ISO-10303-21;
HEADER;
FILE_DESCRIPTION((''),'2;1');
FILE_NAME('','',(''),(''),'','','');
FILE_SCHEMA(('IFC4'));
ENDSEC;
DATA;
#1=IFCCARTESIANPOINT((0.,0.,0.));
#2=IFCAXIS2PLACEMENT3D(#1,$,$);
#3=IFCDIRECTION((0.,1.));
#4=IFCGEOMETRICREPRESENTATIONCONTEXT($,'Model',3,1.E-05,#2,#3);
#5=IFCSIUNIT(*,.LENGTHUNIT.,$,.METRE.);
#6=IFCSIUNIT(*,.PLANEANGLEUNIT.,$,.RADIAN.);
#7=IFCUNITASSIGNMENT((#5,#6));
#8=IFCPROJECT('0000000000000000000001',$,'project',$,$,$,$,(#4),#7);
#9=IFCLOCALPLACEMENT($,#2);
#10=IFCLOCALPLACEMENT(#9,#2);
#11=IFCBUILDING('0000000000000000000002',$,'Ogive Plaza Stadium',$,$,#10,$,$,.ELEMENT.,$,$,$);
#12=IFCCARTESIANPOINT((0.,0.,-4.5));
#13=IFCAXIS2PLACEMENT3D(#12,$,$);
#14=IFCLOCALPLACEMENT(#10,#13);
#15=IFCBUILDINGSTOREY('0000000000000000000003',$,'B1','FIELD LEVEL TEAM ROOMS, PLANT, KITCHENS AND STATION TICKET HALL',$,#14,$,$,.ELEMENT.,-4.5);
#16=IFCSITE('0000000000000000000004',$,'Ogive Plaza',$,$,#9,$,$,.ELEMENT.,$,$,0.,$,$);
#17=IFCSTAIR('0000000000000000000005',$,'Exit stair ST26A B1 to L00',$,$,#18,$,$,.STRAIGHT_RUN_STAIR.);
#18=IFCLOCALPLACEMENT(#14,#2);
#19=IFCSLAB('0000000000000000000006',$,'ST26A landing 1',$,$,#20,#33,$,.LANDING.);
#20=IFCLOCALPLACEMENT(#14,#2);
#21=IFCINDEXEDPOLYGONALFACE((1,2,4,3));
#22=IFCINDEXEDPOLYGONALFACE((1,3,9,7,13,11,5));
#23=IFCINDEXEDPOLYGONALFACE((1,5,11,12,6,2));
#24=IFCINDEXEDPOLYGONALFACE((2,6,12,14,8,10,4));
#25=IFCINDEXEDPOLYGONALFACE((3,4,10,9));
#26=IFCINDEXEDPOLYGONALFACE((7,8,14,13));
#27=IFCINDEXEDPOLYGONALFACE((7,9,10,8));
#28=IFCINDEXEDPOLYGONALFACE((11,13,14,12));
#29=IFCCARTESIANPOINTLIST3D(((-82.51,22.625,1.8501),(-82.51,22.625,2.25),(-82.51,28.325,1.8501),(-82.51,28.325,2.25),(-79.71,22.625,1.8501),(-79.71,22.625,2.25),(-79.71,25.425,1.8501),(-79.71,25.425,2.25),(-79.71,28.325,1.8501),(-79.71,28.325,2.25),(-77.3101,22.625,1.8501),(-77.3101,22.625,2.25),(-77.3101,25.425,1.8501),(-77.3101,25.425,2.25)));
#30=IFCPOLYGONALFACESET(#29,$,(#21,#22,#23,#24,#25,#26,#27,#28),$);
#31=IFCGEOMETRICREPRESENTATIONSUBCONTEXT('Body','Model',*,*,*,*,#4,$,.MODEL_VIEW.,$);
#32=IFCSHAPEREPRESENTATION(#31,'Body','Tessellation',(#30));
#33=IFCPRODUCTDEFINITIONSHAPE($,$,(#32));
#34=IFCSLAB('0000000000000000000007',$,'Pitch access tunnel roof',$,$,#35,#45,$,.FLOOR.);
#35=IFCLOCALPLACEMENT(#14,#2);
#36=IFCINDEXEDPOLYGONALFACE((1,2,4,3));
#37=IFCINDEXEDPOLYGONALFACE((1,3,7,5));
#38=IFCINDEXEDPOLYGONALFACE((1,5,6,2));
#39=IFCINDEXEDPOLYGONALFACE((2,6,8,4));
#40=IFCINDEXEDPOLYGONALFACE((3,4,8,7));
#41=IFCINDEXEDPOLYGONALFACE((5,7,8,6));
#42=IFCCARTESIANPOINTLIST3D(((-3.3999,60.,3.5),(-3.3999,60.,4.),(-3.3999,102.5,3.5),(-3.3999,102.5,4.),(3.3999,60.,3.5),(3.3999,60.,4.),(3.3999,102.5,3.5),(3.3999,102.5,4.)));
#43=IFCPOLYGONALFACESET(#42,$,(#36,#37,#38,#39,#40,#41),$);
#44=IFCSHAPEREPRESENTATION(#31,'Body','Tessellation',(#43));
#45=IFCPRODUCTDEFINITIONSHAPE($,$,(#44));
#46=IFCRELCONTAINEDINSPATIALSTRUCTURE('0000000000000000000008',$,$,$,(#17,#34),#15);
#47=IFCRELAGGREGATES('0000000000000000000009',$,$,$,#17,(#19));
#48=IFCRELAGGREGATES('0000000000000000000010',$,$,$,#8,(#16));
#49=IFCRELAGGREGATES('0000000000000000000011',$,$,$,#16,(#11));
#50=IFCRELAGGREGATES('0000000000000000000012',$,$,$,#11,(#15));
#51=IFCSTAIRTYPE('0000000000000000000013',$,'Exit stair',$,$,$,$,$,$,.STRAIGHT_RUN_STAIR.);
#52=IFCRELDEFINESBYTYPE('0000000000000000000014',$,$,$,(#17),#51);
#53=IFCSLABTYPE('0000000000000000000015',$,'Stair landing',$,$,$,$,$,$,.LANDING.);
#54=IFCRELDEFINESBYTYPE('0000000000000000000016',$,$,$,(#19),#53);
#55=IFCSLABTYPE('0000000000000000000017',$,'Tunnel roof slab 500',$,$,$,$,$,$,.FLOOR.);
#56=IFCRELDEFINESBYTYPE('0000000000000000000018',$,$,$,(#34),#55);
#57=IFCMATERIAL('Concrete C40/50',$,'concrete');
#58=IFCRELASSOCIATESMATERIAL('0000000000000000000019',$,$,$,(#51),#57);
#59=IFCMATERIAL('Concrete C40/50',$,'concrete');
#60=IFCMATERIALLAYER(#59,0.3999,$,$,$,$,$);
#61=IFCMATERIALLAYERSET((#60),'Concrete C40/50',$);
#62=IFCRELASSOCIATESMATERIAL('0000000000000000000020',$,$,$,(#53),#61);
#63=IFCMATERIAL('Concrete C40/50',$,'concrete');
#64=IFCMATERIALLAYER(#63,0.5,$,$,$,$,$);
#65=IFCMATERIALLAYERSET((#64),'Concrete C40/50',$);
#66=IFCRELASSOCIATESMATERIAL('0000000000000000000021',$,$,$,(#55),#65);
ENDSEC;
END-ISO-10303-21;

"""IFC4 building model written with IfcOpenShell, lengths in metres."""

from ifc_helpers import new_model, si_unit, direction, frame, origin, place, context, subcontext, project, spatial, polyline, outline, extrude, material, layer, layer_set, type_object, element, aggregate, save


model = new_model("IFC4")

# Units and contexts
model_context = context("Model", 3, precision=1e-05, world=origin(), true_north=direction((0.0, 1.0)))
body_context = subcontext(model_context, "Body", "Model", "MODEL_VIEW")
ifc_project = project(units=[si_unit("LENGTHUNIT", "METRE"), si_unit("PLANEANGLEUNIT", "RADIAN")], contexts=[model_context])

# Site, building, storey
site_placement = place(None, origin())
site = spatial("IfcSite", under=ifc_project, at=site_placement, Name="Ogive Plaza", CompositionType="ELEMENT", RefElevation=0.0)
building_placement = place(site_placement, origin())
building = spatial("IfcBuilding", under=site, at=building_placement, Name="Ogive Plaza Stadium", CompositionType="ELEMENT")
storey_placement = place(building_placement, frame((0.0, 0.0, -4.5)))
storey = spatial("IfcBuildingStorey", under=building, at=storey_placement, Name="B1", Description="FIELD LEVEL TEAM ROOMS, PLANT, KITCHENS AND STATION TICKET HALL", CompositionType="ELEMENT", Elevation=-4.5)

# Shared definitions
ifc_material_1 = material(Name="Concrete C40/50", Category="concrete")
stair_type = type_object("IfcStairType", Name="Exit stair", PredefinedType="STRAIGHT_RUN_STAIR", material=ifc_material_1)
ifc_material_2 = material(Name="Concrete C40/50", Category="concrete")
ifc_layer_1 = layer(ifc_material_2, 0.3999)
ifc_layer_set_1 = layer_set([ifc_layer_1], Name="Concrete C40/50")
slab_type_1 = type_object("IfcSlabType", Name="Stair landing", PredefinedType="LANDING", material=ifc_layer_set_1)

# Stair, slab
stair_1_placement = place(storey_placement, origin())
stair_1 = element("IfcStair", 1, at=stair_1_placement, inside=storey, type_object=stair_type, Name="Exit stair ST26A B1 to L00", PredefinedType="STRAIGHT_RUN_STAIR")
slab_1_placement = place(storey_placement, frame((0.0, 0.0, 1.8501)))
slab_1 = element("IfcSlab", 2, at=slab_1_placement, type_object=slab_type_1, Name="ST26A landing 1", PredefinedType="LANDING", context=body_context, shape_type="SweptSolid", body=[
    extrude(outline(polyline([(-82.51, 22.625), (-82.51, 28.325), (-79.71, 28.325), (-79.71, 25.425), (-77.3101, 25.425), (-77.3101, 22.625), (-79.71, 22.625), (-82.51, 22.625)])), origin(), (0.0, 0.0, 1.0), 0.3999),
])
aggregate(stair_1, [slab_1])

# Slab
ifc_material_3 = material(Name="Concrete C40/50", Category="concrete")
ifc_layer_2 = layer(ifc_material_3, 0.5)
ifc_layer_set_2 = layer_set([ifc_layer_2], Name="Concrete C40/50")
slab_type_2 = type_object("IfcSlabType", Name="Tunnel roof slab 500", PredefinedType="FLOOR", material=ifc_layer_set_2)
slab_2_placement = place(storey_placement, frame((0.0, 0.0, 3.5)))
element("IfcSlab", 3, at=slab_2_placement, inside=storey, type_object=slab_type_2, Name="Pitch access tunnel roof", PredefinedType="FLOOR", context=body_context, shape_type="SweptSolid", body=[
    extrude(outline(polyline([(-3.3999, 60.0), (3.3999, 60.0), (3.3999, 102.5), (-3.3999, 102.5), (-3.3999, 60.0)])), origin(), (0.0, 0.0, 1.0), 0.5),
])

save(model, "model.ifc")
